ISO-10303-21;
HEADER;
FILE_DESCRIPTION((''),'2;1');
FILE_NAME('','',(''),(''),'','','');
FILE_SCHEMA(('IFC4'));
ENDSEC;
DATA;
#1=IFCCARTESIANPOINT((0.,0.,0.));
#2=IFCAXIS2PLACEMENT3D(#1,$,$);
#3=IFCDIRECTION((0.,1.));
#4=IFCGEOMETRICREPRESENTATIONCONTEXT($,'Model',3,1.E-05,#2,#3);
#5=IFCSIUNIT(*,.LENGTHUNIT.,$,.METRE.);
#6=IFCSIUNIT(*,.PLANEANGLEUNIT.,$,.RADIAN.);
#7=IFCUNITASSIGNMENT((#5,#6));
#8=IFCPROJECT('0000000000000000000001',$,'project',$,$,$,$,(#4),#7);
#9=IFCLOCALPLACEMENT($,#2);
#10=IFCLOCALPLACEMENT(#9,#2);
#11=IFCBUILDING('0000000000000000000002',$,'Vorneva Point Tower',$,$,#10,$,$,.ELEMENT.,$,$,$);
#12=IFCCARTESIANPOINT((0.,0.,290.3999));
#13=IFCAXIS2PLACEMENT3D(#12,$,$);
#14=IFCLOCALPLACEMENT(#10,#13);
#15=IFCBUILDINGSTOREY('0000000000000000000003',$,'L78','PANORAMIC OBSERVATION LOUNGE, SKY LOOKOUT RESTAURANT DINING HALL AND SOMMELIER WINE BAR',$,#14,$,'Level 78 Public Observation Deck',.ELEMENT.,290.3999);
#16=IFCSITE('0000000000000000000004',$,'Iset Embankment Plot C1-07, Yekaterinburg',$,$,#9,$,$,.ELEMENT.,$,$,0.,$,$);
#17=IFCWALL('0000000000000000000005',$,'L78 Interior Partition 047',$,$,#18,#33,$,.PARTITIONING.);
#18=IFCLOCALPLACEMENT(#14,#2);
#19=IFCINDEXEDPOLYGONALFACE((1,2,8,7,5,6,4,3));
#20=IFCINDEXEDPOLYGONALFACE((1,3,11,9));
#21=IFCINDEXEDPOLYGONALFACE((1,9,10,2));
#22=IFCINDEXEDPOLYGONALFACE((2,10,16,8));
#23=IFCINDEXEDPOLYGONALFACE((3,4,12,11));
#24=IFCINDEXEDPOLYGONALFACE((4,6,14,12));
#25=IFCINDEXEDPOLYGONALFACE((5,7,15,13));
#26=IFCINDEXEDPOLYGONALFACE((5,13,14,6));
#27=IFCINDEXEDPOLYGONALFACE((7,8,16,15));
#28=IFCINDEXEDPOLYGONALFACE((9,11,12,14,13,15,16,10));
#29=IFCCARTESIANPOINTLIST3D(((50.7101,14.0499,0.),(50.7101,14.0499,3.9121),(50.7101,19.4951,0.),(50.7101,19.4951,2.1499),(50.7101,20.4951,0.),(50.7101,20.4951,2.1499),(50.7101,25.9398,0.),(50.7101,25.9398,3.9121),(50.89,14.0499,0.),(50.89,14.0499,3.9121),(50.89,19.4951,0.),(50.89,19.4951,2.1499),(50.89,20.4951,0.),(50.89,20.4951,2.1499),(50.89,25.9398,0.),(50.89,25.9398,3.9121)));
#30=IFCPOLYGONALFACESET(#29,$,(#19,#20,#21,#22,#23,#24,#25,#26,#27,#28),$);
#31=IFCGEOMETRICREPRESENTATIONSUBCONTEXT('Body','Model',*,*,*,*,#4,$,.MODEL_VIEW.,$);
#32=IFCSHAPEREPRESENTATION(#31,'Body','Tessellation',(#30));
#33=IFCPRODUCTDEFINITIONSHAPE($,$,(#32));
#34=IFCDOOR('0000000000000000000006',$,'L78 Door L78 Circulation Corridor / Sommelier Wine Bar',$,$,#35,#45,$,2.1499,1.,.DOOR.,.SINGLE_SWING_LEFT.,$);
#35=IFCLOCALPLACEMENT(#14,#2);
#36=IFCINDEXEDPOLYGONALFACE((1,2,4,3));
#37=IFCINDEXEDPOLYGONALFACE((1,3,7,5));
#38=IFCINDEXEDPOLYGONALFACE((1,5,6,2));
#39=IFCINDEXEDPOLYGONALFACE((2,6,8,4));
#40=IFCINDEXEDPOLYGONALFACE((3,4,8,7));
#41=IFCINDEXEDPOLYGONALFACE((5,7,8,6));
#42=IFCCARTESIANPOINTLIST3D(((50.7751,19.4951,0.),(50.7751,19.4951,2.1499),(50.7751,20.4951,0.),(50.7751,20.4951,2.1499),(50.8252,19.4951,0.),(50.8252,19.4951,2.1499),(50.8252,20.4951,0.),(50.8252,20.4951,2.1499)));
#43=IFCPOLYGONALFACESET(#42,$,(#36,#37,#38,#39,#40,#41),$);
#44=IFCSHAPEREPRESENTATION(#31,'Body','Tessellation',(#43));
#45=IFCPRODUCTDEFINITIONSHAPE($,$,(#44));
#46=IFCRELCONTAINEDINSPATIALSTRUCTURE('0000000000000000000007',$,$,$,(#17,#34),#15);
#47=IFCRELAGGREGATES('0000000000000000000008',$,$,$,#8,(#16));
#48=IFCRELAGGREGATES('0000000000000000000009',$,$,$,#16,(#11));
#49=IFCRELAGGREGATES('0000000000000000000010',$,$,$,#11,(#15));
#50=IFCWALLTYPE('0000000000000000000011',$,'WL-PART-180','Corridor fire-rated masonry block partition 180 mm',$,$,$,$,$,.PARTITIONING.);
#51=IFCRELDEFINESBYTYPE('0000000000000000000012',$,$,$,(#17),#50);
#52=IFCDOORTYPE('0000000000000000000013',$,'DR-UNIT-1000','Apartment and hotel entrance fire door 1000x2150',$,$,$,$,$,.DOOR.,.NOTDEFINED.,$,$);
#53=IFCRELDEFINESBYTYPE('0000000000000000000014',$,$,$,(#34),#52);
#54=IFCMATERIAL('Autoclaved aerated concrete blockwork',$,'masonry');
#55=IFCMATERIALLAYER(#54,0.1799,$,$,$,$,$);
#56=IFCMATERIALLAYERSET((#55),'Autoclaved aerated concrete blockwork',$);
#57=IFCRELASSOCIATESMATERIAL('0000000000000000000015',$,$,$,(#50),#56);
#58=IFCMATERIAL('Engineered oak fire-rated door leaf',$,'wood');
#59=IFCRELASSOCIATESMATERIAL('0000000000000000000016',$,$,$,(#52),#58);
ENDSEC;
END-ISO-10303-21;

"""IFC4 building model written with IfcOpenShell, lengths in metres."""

from ifc_helpers import new_model, si_unit, direction, frame, frame_2d, origin, place, context, subcontext, project, spatial, rectangle, extrude, material, layer, layer_set, type_object, element, fill, save


model = new_model("IFC4")

# Units and contexts
model_context = context("Model", 3, precision=1e-05, world=origin(), true_north=direction((0.0, 1.0)))
body_context = subcontext(model_context, "Body", "Model", "MODEL_VIEW")
ifc_project = project(units=[si_unit("LENGTHUNIT", "METRE"), si_unit("PLANEANGLEUNIT", "RADIAN")], contexts=[model_context])

# Site, building, storey
site_placement = place(None, origin())
site = spatial("IfcSite", under=ifc_project, at=site_placement, Name="Iset Embankment Plot C1-07, Yekaterinburg", CompositionType="ELEMENT", RefElevation=0.0)
building_placement = place(site_placement, origin())
building = spatial("IfcBuilding", under=site, at=building_placement, Name="Vorneva Point Tower", CompositionType="ELEMENT")
storey_placement = place(building_placement, frame((0.0, 0.0, 290.3999)))
storey = spatial("IfcBuildingStorey", under=building, at=storey_placement, Name="L78", Description="PANORAMIC OBSERVATION LOUNGE, SKY LOOKOUT RESTAURANT DINING HALL AND SOMMELIER WINE BAR", LongName="Level 78 Public Observation Deck", CompositionType="ELEMENT", Elevation=290.3999)

# Shared definitions
ifc_material_1 = material(Name="Autoclaved aerated concrete blockwork", Category="masonry")
ifc_layer_1 = layer(ifc_material_1, 0.1799)
ifc_layer_set_1 = layer_set([ifc_layer_1], Name="Autoclaved aerated concrete blockwork")
wall_type_1 = type_object("IfcWallType", Name="WL-PART-180", Description="Corridor fire-rated masonry block partition 180 mm", PredefinedType="PARTITIONING", material=ifc_layer_set_1)

# Wall, opening, door
wall_1_placement = place(storey_placement, frame((50.8, 14.05, 0.0), z_axis=(0.0, 0.0, 1.0), x_axis=(0.0, 1.0, 0.0)))
wall_1 = element("IfcWall", 1, at=wall_1_placement, inside=storey, type_object=wall_type_1, Name="L78 Interior Partition 047", PredefinedType="PARTITIONING", context=body_context, shape_type="SweptSolid", body=[
    extrude(rectangle(XDim=11.8899, YDim=0.1799, at=frame_2d((5.9448, 0.0))), origin(), (0.0, 0.0, 1.0), 3.9121),
])
opening_1_placement = place(wall_1_placement, frame((5.4451, 0.0, 0.0)))
opening_1 = element("IfcOpeningElement", 2, at=opening_1_placement, cuts=wall_1, PredefinedType="OPENING", context=body_context, shape_type="SweptSolid", body=[
    extrude(rectangle(XDim=1.0, YDim=2.1499, at=frame_2d((0.5, 1.075))), frame((0.0, 0.105, 0.0), z_axis=(0.0, -1.0, 0.0), x_axis=(1.0, 0.0, 0.0)), (0.0, 0.0, 1.0), 0.2097),
])
ifc_material_2 = material(Name="Engineered oak fire-rated door leaf", Category="wood")
door_type = type_object("IfcDoorType", Name="DR-UNIT-1000", Description="Apartment and hotel entrance fire door 1000x2150", OperationType="NOTDEFINED", PredefinedType="DOOR", material=ifc_material_2)
door_placement = place(opening_1_placement, origin())
door = element("IfcDoor", 3, at=door_placement, inside=storey, type_object=door_type, Name="L78 Door L78 Circulation Corridor / Sommelier Wine Bar", OperationType="SINGLE_SWING_LEFT", OverallHeight=2.1499, OverallWidth=1.0, PredefinedType="DOOR", context=body_context, shape_type="SweptSolid", body=[
    extrude(rectangle(XDim=1.0, YDim=2.1499, at=frame_2d((0.5, 1.075))), frame((0.0, 0.0249, 0.0), z_axis=(0.0, -1.0, 0.0), x_axis=(1.0, 0.0, 0.0)), (0.0, 0.0, 1.0), 0.05),
])
fill(opening_1, door)

save(model, "model.ifc")
